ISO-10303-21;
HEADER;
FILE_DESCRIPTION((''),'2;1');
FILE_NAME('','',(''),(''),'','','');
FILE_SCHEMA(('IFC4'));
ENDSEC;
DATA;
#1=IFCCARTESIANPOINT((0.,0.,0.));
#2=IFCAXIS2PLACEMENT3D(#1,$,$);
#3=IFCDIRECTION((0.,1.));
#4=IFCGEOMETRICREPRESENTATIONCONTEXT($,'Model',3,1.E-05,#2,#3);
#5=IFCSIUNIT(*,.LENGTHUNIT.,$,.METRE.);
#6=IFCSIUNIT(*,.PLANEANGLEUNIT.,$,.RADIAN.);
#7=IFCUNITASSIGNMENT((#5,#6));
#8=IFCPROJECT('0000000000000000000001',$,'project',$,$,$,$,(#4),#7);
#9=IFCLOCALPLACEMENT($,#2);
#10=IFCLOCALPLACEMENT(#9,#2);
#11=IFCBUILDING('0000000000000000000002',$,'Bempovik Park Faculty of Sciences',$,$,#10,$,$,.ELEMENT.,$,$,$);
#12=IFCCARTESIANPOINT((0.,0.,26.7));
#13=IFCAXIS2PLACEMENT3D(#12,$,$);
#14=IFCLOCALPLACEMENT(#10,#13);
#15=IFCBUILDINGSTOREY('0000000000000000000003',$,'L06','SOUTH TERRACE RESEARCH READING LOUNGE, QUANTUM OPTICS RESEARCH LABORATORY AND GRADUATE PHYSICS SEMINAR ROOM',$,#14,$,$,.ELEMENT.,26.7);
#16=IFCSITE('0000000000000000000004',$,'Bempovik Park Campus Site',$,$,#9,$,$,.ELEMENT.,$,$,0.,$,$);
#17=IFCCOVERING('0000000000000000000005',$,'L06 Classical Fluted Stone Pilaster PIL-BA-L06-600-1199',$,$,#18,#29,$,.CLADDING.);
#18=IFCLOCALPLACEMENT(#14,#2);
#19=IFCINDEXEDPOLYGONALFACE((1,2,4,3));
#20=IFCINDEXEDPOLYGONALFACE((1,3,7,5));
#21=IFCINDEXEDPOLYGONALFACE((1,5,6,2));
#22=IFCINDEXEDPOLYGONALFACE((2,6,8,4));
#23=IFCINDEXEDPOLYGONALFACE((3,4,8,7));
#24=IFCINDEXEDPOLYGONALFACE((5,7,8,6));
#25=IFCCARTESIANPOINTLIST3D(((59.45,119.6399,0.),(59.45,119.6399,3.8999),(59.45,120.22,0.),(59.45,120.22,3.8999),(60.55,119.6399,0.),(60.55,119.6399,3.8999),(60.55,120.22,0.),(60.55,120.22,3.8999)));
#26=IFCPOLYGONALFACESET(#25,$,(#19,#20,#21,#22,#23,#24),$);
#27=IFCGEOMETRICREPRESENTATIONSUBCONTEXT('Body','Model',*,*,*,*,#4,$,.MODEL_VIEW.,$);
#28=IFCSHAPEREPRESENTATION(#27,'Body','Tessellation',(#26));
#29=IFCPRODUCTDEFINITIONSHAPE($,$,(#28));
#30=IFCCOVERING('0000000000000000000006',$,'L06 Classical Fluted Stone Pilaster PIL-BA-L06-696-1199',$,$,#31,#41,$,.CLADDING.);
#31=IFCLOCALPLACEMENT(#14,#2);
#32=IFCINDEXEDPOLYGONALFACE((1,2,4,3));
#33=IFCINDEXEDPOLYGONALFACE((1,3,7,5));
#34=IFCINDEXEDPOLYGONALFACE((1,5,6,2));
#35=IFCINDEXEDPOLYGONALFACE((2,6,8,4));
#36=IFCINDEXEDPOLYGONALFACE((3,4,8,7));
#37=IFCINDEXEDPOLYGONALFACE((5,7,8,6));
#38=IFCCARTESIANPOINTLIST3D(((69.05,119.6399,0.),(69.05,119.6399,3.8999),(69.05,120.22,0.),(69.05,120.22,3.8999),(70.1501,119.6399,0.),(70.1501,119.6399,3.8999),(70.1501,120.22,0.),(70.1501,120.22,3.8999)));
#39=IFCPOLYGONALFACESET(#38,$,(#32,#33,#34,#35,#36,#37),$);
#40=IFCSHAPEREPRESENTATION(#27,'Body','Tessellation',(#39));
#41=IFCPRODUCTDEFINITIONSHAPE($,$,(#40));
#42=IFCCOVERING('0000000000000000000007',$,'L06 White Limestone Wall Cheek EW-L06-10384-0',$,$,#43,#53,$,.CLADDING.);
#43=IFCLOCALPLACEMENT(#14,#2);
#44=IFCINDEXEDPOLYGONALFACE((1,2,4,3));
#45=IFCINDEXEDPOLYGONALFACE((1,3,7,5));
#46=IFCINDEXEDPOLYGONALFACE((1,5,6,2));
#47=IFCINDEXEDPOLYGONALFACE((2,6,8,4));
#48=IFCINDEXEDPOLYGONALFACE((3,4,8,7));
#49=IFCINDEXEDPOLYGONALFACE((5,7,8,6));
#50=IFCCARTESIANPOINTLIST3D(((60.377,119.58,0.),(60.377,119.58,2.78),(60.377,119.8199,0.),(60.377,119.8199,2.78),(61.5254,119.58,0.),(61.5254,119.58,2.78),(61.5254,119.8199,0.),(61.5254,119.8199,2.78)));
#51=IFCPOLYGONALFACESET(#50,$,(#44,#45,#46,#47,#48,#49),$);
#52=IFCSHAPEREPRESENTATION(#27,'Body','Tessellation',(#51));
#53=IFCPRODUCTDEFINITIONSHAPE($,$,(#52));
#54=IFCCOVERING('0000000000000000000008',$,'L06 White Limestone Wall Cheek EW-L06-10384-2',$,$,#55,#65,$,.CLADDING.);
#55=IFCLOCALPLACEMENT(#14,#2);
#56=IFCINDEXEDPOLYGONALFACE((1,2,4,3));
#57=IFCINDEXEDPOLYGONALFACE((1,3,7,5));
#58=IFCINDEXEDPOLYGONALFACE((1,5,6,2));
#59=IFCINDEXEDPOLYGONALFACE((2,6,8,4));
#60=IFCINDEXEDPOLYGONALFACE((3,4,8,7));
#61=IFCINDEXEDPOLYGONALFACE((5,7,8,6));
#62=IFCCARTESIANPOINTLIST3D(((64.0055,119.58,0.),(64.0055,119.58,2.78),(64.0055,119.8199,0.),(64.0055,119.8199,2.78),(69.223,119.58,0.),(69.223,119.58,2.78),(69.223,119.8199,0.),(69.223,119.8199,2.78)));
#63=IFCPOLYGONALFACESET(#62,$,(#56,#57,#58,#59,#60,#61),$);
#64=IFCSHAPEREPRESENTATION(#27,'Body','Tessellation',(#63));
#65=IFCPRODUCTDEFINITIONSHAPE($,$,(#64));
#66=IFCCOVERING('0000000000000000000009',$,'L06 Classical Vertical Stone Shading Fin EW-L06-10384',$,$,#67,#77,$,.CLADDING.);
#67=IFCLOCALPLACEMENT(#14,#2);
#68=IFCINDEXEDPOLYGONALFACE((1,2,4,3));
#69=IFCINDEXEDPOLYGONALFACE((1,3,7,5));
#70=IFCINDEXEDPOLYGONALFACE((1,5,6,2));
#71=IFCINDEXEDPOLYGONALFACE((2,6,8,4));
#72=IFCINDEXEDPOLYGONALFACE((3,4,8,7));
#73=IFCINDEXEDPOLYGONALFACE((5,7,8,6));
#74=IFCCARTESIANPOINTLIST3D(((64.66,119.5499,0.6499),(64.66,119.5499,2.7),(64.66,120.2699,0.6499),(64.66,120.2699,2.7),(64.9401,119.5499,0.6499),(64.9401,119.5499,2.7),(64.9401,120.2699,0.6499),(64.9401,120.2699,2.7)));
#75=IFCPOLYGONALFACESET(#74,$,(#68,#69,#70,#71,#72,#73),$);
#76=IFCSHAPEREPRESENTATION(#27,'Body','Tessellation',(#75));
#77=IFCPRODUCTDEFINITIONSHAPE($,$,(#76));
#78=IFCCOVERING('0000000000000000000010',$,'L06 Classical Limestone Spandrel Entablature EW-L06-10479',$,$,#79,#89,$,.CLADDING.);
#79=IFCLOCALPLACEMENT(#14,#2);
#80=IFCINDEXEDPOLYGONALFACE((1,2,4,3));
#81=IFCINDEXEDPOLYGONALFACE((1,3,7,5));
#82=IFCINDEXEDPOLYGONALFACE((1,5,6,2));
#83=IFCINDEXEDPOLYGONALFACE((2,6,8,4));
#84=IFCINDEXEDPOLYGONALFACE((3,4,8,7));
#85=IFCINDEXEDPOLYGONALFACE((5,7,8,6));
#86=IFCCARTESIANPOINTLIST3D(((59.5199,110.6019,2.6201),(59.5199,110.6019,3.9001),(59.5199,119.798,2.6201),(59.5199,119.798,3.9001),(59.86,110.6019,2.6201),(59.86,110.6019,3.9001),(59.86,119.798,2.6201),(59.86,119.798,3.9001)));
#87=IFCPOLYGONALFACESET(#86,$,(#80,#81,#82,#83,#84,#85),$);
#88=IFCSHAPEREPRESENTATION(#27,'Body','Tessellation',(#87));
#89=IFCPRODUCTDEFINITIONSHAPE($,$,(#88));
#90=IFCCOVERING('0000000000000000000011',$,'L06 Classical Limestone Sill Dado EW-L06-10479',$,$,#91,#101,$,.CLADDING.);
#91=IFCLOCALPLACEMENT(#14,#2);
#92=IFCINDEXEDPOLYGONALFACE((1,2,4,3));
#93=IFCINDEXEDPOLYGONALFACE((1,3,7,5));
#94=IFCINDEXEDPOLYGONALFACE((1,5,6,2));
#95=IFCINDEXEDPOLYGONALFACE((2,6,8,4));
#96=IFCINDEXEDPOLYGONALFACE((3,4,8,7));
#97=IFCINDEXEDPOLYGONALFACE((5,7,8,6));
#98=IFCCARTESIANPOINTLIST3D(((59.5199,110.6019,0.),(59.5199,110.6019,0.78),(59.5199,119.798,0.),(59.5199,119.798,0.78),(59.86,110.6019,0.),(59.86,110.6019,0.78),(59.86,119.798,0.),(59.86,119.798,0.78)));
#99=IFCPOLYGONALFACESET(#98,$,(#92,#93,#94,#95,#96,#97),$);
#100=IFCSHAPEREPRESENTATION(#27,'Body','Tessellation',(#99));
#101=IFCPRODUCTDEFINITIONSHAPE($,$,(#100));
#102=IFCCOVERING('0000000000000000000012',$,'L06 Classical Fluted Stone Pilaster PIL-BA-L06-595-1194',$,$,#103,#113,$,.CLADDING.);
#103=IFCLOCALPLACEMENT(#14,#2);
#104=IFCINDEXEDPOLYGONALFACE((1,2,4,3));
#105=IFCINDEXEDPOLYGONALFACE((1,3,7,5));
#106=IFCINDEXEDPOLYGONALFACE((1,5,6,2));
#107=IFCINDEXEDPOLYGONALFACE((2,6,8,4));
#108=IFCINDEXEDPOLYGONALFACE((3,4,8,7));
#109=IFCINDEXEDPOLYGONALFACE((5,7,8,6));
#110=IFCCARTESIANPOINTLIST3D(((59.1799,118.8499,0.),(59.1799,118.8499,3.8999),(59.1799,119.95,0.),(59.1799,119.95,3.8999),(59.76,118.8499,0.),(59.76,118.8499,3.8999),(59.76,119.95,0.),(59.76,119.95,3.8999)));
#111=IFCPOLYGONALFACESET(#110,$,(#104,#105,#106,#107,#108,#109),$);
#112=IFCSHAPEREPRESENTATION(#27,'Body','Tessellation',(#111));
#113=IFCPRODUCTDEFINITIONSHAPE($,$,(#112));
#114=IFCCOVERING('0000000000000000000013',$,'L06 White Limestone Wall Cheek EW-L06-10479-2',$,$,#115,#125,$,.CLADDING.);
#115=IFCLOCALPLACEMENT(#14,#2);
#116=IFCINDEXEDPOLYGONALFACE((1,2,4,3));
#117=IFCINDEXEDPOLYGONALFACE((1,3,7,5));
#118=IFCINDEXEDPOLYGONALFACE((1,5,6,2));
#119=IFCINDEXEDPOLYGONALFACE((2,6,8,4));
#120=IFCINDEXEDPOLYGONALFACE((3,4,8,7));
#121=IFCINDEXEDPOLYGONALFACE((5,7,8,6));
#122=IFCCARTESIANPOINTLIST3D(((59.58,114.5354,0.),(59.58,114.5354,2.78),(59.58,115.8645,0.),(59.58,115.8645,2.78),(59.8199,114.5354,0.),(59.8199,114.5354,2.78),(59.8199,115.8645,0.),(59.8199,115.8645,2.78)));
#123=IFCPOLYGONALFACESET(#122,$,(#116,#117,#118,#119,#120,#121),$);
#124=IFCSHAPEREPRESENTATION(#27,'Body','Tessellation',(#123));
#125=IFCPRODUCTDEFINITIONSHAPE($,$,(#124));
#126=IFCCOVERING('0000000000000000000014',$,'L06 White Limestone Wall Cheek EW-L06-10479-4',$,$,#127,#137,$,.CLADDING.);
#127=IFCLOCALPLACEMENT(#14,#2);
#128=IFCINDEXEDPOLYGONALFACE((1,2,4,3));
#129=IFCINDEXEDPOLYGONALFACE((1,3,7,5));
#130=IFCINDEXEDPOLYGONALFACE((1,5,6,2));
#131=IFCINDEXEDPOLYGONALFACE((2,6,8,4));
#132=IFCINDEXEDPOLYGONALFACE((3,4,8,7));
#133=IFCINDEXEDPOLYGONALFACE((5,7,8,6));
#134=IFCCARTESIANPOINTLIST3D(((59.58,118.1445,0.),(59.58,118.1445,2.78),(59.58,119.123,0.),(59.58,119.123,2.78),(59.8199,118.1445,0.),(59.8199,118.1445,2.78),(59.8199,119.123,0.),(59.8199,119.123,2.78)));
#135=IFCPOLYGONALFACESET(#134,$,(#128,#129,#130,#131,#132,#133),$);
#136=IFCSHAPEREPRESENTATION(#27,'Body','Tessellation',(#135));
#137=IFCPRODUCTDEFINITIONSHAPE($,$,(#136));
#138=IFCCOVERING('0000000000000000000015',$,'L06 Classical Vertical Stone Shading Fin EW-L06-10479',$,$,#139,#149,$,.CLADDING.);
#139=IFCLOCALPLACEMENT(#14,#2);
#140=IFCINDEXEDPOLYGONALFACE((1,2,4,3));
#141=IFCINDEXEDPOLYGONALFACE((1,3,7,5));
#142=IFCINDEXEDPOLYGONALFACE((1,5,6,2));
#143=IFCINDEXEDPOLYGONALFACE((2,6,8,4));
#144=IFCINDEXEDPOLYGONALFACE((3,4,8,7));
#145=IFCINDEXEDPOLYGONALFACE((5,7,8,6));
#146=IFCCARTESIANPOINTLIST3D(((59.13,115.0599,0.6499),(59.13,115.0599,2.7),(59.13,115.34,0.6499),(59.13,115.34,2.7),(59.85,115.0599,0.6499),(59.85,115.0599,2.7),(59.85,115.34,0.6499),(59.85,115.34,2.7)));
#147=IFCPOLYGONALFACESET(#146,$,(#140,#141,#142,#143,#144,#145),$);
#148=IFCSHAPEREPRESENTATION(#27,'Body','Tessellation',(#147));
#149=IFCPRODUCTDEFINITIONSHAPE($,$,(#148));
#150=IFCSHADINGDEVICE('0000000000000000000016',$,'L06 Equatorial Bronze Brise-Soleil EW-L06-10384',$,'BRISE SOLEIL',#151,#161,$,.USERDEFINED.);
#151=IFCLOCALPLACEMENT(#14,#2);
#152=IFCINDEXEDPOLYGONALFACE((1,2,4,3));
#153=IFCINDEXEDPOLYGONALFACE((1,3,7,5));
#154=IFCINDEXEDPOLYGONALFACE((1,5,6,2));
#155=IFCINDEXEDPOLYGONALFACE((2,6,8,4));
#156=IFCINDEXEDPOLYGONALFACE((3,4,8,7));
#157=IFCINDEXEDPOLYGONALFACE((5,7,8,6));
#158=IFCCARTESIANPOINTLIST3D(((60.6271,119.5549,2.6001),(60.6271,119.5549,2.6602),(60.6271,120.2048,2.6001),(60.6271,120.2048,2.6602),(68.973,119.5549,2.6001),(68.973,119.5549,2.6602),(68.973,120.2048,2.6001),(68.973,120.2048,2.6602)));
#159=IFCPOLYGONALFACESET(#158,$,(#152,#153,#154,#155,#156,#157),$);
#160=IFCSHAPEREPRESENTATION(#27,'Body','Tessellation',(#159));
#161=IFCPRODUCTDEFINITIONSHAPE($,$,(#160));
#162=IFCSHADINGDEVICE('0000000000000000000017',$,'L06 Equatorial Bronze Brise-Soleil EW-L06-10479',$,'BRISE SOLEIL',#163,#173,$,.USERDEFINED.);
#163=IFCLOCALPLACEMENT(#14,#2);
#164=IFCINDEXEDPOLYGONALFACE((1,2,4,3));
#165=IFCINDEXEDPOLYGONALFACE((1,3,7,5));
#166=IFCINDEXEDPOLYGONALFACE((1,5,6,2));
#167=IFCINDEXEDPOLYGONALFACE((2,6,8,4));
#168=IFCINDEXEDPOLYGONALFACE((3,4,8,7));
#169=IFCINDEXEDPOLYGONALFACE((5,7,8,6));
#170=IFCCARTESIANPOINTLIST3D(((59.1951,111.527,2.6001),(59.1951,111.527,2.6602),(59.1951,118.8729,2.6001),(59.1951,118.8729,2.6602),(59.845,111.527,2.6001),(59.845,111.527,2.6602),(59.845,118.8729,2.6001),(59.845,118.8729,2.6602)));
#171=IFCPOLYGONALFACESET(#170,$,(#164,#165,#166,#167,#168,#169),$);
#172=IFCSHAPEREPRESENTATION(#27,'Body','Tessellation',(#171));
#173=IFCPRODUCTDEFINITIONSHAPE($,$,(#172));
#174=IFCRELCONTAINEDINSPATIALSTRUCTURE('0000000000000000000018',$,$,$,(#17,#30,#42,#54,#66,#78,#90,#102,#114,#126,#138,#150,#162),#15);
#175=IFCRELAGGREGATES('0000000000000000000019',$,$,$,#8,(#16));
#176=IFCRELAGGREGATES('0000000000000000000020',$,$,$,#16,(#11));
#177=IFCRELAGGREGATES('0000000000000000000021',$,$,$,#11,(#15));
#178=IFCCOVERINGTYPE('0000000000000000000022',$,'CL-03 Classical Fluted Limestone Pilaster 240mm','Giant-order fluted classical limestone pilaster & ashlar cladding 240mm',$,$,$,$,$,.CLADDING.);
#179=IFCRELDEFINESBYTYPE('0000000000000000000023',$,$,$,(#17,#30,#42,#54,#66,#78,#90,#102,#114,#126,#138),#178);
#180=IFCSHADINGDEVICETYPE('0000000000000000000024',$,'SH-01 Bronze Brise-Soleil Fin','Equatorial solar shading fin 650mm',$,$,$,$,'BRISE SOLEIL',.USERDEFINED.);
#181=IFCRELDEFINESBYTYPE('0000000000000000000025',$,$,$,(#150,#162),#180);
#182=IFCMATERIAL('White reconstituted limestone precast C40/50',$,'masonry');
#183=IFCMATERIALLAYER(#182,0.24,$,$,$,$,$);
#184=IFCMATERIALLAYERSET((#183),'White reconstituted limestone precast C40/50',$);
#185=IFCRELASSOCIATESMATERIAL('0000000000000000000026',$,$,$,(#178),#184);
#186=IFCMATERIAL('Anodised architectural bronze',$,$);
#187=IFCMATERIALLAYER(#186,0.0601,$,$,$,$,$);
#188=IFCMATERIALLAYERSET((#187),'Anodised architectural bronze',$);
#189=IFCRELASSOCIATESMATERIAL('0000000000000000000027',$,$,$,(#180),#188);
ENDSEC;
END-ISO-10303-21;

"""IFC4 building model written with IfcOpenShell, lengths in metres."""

from ifc_helpers import new_model, si_unit, direction, frame, origin, origin_2d, place, context, subcontext, project, spatial, rectangle, extrude, material, layer, layer_set, type_object, element, save


model = new_model("IFC4")

# Units and contexts
model_context = context("Model", 3, precision=1e-05, world=origin(), true_north=direction((0.0, 1.0)))
body_context = subcontext(model_context, "Body", "Model", "MODEL_VIEW")
ifc_project = project(units=[si_unit("LENGTHUNIT", "METRE"), si_unit("PLANEANGLEUNIT", "RADIAN")], contexts=[model_context])

# Site, building, storey
site_placement = place(None, origin())
site = spatial("IfcSite", under=ifc_project, at=site_placement, Name="Bempovik Park Campus Site", CompositionType="ELEMENT", RefElevation=0.0)
building_placement = place(site_placement, origin())
building = spatial("IfcBuilding", under=site, at=building_placement, Name="Bempovik Park Faculty of Sciences", CompositionType="ELEMENT")
storey_placement = place(building_placement, frame((0.0, 0.0, 26.7)))
storey = spatial("IfcBuildingStorey", under=building, at=storey_placement, Name="L06", Description="SOUTH TERRACE RESEARCH READING LOUNGE, QUANTUM OPTICS RESEARCH LABORATORY AND GRADUATE PHYSICS SEMINAR ROOM", CompositionType="ELEMENT", Elevation=26.7)

# Coverings
ifc_material_1 = material(Name="White reconstituted limestone precast C40/50", Category="masonry")
ifc_layer_1 = layer(ifc_material_1, 0.24)
ifc_layer_set_1 = layer_set([ifc_layer_1], Name="White reconstituted limestone precast C40/50")
covering_type_1 = type_object("IfcCoveringType", Name="CL-03 Classical Fluted Limestone Pilaster 240mm", Description="Giant-order fluted classical limestone pilaster & ashlar cladding 240mm", PredefinedType="CLADDING", material=ifc_layer_set_1)
for number, where, z_axis, x_axis, name in (
    (1, (60.0, 119.9299, 0.0), (0.0, 0.0, 1.0), (1.0, 0.0, 0.0), "L06 Classical Fluted Stone Pilaster PIL-BA-L06-600-1199"),
    (2, (69.6001, 119.9299, 0.0), (0.0, 0.0, 1.0), (1.0, 0.0, 0.0), "L06 Classical Fluted Stone Pilaster PIL-BA-L06-696-1199"),
):
    element("IfcCovering", number, at=place(storey_placement, frame(where, z_axis=z_axis, x_axis=x_axis)), inside=storey, type_object=covering_type_1, Name=name, PredefinedType="CLADDING", context=body_context, shape_type="SweptSolid", body=[
        extrude(rectangle(XDim=1.1001, YDim=0.5801, at=origin_2d()), origin(), (0.0, 0.0, 1.0), 3.8999),
    ])
covering_1_placement = place(storey_placement, frame((60.9512, 119.7, 0.0), z_axis=(0.0, 0.0, 1.0), x_axis=(1.0, 0.0, 0.0)))
element("IfcCovering", 3, at=covering_1_placement, inside=storey, type_object=covering_type_1, Name="L06 White Limestone Wall Cheek EW-L06-10384-0", PredefinedType="CLADDING", context=body_context, shape_type="SweptSolid", body=[
    extrude(rectangle(XDim=1.1484, YDim=0.24, at=origin_2d()), origin(), (0.0, 0.0, 1.0), 2.78),
])
covering_2_placement = place(storey_placement, frame((66.6143, 119.7, 0.0), z_axis=(0.0, 0.0, 1.0), x_axis=(1.0, 0.0, 0.0)))
element("IfcCovering", 4, at=covering_2_placement, inside=storey, type_object=covering_type_1, Name="L06 White Limestone Wall Cheek EW-L06-10384-2", PredefinedType="CLADDING", context=body_context, shape_type="SweptSolid", body=[
    extrude(rectangle(XDim=5.2175, YDim=0.24, at=origin_2d()), origin(), (0.0, 0.0, 1.0), 2.78),
])
covering_3_placement = place(storey_placement, frame((64.8, 119.9099, 0.6499), z_axis=(0.0, 0.0, 1.0), x_axis=(1.0, 0.0, 0.0)))
element("IfcCovering", 5, at=covering_3_placement, inside=storey, type_object=covering_type_1, Name="L06 Classical Vertical Stone Shading Fin EW-L06-10384", PredefinedType="CLADDING", context=body_context, shape_type="SweptSolid", body=[
    extrude(rectangle(XDim=0.28, YDim=0.72, at=origin_2d()), origin(), (0.0, 0.0, 1.0), 2.05),
])
covering_4_placement = place(storey_placement, frame((59.6899, 115.2, 2.6201), z_axis=(0.0, 0.0, 1.0), x_axis=(1.0, 0.0, 0.0)))
element("IfcCovering", 6, at=covering_4_placement, inside=storey, type_object=covering_type_1, Name="L06 Classical Limestone Spandrel Entablature EW-L06-10479", PredefinedType="CLADDING", context=body_context, shape_type="SweptSolid", body=[
    extrude(rectangle(XDim=0.3401, YDim=9.196, at=origin_2d()), origin(), (0.0, 0.0, 1.0), 1.28),
])
covering_5_placement = place(storey_placement, frame((59.6899, 115.2, 0.0), z_axis=(0.0, 0.0, 1.0), x_axis=(1.0, 0.0, 0.0)))
element("IfcCovering", 7, at=covering_5_placement, inside=storey, type_object=covering_type_1, Name="L06 Classical Limestone Sill Dado EW-L06-10479", PredefinedType="CLADDING", context=body_context, shape_type="SweptSolid", body=[
    extrude(rectangle(XDim=0.3401, YDim=9.196, at=origin_2d()), origin(), (0.0, 0.0, 1.0), 0.78),
])
covering_6_placement = place(storey_placement, frame((59.47, 119.3999, 0.0), z_axis=(0.0, 0.0, 1.0), x_axis=(1.0, 0.0, 0.0)))
element("IfcCovering", 8, at=covering_6_placement, inside=storey, type_object=covering_type_1, Name="L06 Classical Fluted Stone Pilaster PIL-BA-L06-595-1194", PredefinedType="CLADDING", context=body_context, shape_type="SweptSolid", body=[
    extrude(rectangle(XDim=0.5801, YDim=1.1001, at=origin_2d()), origin(), (0.0, 0.0, 1.0), 3.8999),
])
covering_7_placement = place(storey_placement, frame((59.7, 115.2, 0.0), z_axis=(0.0, 0.0, 1.0), x_axis=(1.0, 0.0, 0.0)))
element("IfcCovering", 9, at=covering_7_placement, inside=storey, type_object=covering_type_1, Name="L06 White Limestone Wall Cheek EW-L06-10479-2", PredefinedType="CLADDING", context=body_context, shape_type="SweptSolid", body=[
    extrude(rectangle(XDim=0.24, YDim=1.3291, at=origin_2d()), origin(), (0.0, 0.0, 1.0), 2.78),
])
covering_8_placement = place(storey_placement, frame((59.7, 118.6338, 0.0), z_axis=(0.0, 0.0, 1.0), x_axis=(1.0, 0.0, 0.0)))
element("IfcCovering", 10, at=covering_8_placement, inside=storey, type_object=covering_type_1, Name="L06 White Limestone Wall Cheek EW-L06-10479-4", PredefinedType="CLADDING", context=body_context, shape_type="SweptSolid", body=[
    extrude(rectangle(XDim=0.24, YDim=0.9785, at=origin_2d()), origin(), (0.0, 0.0, 1.0), 2.78),
])
covering_9_placement = place(storey_placement, frame((59.49, 115.2, 0.6499), z_axis=(0.0, 0.0, 1.0), x_axis=(1.0, 0.0, 0.0)))
element("IfcCovering", 11, at=covering_9_placement, inside=storey, type_object=covering_type_1, Name="L06 Classical Vertical Stone Shading Fin EW-L06-10479", PredefinedType="CLADDING", context=body_context, shape_type="SweptSolid", body=[
    extrude(rectangle(XDim=0.72, YDim=0.28, at=origin_2d()), origin(), (0.0, 0.0, 1.0), 2.05),
])

# Shading devices
ifc_material_2 = material(Name="Anodised architectural bronze")
ifc_layer_2 = layer(ifc_material_2, 0.0601)
ifc_layer_set_2 = layer_set([ifc_layer_2], Name="Anodised architectural bronze")
shading_device_type = type_object("IfcShadingDeviceType", Name="SH-01 Bronze Brise-Soleil Fin", Description="Equatorial solar shading fin 650mm", ElementType="BRISE SOLEIL", PredefinedType="USERDEFINED", material=ifc_layer_set_2)
shading_device_1_placement = place(storey_placement, frame((64.8, 119.8799, 2.6001), z_axis=(0.0, 0.0, 1.0), x_axis=(1.0, 0.0, 0.0)))
element("IfcShadingDevice", 12, at=shading_device_1_placement, inside=storey, type_object=shading_device_type, Name="L06 Equatorial Bronze Brise-Soleil EW-L06-10384", ObjectType="BRISE SOLEIL", PredefinedType="USERDEFINED", context=body_context, shape_type="SweptSolid", body=[
    extrude(rectangle(XDim=8.3459, YDim=0.6499, at=origin_2d()), origin(), (0.0, 0.0, 1.0), 0.0601),
])
shading_device_2_placement = place(storey_placement, frame((59.52, 115.2, 2.6001), z_axis=(0.0, 0.0, 1.0), x_axis=(1.0, 0.0, 0.0)))
element("IfcShadingDevice", 13, at=shading_device_2_placement, inside=storey, type_object=shading_device_type, Name="L06 Equatorial Bronze Brise-Soleil EW-L06-10479", ObjectType="BRISE SOLEIL", PredefinedType="USERDEFINED", context=body_context, shape_type="SweptSolid", body=[
    extrude(rectangle(XDim=0.6499, YDim=7.3459, at=origin_2d()), origin(), (0.0, 0.0, 1.0), 0.0601),
])

save(model, "model.ifc")
